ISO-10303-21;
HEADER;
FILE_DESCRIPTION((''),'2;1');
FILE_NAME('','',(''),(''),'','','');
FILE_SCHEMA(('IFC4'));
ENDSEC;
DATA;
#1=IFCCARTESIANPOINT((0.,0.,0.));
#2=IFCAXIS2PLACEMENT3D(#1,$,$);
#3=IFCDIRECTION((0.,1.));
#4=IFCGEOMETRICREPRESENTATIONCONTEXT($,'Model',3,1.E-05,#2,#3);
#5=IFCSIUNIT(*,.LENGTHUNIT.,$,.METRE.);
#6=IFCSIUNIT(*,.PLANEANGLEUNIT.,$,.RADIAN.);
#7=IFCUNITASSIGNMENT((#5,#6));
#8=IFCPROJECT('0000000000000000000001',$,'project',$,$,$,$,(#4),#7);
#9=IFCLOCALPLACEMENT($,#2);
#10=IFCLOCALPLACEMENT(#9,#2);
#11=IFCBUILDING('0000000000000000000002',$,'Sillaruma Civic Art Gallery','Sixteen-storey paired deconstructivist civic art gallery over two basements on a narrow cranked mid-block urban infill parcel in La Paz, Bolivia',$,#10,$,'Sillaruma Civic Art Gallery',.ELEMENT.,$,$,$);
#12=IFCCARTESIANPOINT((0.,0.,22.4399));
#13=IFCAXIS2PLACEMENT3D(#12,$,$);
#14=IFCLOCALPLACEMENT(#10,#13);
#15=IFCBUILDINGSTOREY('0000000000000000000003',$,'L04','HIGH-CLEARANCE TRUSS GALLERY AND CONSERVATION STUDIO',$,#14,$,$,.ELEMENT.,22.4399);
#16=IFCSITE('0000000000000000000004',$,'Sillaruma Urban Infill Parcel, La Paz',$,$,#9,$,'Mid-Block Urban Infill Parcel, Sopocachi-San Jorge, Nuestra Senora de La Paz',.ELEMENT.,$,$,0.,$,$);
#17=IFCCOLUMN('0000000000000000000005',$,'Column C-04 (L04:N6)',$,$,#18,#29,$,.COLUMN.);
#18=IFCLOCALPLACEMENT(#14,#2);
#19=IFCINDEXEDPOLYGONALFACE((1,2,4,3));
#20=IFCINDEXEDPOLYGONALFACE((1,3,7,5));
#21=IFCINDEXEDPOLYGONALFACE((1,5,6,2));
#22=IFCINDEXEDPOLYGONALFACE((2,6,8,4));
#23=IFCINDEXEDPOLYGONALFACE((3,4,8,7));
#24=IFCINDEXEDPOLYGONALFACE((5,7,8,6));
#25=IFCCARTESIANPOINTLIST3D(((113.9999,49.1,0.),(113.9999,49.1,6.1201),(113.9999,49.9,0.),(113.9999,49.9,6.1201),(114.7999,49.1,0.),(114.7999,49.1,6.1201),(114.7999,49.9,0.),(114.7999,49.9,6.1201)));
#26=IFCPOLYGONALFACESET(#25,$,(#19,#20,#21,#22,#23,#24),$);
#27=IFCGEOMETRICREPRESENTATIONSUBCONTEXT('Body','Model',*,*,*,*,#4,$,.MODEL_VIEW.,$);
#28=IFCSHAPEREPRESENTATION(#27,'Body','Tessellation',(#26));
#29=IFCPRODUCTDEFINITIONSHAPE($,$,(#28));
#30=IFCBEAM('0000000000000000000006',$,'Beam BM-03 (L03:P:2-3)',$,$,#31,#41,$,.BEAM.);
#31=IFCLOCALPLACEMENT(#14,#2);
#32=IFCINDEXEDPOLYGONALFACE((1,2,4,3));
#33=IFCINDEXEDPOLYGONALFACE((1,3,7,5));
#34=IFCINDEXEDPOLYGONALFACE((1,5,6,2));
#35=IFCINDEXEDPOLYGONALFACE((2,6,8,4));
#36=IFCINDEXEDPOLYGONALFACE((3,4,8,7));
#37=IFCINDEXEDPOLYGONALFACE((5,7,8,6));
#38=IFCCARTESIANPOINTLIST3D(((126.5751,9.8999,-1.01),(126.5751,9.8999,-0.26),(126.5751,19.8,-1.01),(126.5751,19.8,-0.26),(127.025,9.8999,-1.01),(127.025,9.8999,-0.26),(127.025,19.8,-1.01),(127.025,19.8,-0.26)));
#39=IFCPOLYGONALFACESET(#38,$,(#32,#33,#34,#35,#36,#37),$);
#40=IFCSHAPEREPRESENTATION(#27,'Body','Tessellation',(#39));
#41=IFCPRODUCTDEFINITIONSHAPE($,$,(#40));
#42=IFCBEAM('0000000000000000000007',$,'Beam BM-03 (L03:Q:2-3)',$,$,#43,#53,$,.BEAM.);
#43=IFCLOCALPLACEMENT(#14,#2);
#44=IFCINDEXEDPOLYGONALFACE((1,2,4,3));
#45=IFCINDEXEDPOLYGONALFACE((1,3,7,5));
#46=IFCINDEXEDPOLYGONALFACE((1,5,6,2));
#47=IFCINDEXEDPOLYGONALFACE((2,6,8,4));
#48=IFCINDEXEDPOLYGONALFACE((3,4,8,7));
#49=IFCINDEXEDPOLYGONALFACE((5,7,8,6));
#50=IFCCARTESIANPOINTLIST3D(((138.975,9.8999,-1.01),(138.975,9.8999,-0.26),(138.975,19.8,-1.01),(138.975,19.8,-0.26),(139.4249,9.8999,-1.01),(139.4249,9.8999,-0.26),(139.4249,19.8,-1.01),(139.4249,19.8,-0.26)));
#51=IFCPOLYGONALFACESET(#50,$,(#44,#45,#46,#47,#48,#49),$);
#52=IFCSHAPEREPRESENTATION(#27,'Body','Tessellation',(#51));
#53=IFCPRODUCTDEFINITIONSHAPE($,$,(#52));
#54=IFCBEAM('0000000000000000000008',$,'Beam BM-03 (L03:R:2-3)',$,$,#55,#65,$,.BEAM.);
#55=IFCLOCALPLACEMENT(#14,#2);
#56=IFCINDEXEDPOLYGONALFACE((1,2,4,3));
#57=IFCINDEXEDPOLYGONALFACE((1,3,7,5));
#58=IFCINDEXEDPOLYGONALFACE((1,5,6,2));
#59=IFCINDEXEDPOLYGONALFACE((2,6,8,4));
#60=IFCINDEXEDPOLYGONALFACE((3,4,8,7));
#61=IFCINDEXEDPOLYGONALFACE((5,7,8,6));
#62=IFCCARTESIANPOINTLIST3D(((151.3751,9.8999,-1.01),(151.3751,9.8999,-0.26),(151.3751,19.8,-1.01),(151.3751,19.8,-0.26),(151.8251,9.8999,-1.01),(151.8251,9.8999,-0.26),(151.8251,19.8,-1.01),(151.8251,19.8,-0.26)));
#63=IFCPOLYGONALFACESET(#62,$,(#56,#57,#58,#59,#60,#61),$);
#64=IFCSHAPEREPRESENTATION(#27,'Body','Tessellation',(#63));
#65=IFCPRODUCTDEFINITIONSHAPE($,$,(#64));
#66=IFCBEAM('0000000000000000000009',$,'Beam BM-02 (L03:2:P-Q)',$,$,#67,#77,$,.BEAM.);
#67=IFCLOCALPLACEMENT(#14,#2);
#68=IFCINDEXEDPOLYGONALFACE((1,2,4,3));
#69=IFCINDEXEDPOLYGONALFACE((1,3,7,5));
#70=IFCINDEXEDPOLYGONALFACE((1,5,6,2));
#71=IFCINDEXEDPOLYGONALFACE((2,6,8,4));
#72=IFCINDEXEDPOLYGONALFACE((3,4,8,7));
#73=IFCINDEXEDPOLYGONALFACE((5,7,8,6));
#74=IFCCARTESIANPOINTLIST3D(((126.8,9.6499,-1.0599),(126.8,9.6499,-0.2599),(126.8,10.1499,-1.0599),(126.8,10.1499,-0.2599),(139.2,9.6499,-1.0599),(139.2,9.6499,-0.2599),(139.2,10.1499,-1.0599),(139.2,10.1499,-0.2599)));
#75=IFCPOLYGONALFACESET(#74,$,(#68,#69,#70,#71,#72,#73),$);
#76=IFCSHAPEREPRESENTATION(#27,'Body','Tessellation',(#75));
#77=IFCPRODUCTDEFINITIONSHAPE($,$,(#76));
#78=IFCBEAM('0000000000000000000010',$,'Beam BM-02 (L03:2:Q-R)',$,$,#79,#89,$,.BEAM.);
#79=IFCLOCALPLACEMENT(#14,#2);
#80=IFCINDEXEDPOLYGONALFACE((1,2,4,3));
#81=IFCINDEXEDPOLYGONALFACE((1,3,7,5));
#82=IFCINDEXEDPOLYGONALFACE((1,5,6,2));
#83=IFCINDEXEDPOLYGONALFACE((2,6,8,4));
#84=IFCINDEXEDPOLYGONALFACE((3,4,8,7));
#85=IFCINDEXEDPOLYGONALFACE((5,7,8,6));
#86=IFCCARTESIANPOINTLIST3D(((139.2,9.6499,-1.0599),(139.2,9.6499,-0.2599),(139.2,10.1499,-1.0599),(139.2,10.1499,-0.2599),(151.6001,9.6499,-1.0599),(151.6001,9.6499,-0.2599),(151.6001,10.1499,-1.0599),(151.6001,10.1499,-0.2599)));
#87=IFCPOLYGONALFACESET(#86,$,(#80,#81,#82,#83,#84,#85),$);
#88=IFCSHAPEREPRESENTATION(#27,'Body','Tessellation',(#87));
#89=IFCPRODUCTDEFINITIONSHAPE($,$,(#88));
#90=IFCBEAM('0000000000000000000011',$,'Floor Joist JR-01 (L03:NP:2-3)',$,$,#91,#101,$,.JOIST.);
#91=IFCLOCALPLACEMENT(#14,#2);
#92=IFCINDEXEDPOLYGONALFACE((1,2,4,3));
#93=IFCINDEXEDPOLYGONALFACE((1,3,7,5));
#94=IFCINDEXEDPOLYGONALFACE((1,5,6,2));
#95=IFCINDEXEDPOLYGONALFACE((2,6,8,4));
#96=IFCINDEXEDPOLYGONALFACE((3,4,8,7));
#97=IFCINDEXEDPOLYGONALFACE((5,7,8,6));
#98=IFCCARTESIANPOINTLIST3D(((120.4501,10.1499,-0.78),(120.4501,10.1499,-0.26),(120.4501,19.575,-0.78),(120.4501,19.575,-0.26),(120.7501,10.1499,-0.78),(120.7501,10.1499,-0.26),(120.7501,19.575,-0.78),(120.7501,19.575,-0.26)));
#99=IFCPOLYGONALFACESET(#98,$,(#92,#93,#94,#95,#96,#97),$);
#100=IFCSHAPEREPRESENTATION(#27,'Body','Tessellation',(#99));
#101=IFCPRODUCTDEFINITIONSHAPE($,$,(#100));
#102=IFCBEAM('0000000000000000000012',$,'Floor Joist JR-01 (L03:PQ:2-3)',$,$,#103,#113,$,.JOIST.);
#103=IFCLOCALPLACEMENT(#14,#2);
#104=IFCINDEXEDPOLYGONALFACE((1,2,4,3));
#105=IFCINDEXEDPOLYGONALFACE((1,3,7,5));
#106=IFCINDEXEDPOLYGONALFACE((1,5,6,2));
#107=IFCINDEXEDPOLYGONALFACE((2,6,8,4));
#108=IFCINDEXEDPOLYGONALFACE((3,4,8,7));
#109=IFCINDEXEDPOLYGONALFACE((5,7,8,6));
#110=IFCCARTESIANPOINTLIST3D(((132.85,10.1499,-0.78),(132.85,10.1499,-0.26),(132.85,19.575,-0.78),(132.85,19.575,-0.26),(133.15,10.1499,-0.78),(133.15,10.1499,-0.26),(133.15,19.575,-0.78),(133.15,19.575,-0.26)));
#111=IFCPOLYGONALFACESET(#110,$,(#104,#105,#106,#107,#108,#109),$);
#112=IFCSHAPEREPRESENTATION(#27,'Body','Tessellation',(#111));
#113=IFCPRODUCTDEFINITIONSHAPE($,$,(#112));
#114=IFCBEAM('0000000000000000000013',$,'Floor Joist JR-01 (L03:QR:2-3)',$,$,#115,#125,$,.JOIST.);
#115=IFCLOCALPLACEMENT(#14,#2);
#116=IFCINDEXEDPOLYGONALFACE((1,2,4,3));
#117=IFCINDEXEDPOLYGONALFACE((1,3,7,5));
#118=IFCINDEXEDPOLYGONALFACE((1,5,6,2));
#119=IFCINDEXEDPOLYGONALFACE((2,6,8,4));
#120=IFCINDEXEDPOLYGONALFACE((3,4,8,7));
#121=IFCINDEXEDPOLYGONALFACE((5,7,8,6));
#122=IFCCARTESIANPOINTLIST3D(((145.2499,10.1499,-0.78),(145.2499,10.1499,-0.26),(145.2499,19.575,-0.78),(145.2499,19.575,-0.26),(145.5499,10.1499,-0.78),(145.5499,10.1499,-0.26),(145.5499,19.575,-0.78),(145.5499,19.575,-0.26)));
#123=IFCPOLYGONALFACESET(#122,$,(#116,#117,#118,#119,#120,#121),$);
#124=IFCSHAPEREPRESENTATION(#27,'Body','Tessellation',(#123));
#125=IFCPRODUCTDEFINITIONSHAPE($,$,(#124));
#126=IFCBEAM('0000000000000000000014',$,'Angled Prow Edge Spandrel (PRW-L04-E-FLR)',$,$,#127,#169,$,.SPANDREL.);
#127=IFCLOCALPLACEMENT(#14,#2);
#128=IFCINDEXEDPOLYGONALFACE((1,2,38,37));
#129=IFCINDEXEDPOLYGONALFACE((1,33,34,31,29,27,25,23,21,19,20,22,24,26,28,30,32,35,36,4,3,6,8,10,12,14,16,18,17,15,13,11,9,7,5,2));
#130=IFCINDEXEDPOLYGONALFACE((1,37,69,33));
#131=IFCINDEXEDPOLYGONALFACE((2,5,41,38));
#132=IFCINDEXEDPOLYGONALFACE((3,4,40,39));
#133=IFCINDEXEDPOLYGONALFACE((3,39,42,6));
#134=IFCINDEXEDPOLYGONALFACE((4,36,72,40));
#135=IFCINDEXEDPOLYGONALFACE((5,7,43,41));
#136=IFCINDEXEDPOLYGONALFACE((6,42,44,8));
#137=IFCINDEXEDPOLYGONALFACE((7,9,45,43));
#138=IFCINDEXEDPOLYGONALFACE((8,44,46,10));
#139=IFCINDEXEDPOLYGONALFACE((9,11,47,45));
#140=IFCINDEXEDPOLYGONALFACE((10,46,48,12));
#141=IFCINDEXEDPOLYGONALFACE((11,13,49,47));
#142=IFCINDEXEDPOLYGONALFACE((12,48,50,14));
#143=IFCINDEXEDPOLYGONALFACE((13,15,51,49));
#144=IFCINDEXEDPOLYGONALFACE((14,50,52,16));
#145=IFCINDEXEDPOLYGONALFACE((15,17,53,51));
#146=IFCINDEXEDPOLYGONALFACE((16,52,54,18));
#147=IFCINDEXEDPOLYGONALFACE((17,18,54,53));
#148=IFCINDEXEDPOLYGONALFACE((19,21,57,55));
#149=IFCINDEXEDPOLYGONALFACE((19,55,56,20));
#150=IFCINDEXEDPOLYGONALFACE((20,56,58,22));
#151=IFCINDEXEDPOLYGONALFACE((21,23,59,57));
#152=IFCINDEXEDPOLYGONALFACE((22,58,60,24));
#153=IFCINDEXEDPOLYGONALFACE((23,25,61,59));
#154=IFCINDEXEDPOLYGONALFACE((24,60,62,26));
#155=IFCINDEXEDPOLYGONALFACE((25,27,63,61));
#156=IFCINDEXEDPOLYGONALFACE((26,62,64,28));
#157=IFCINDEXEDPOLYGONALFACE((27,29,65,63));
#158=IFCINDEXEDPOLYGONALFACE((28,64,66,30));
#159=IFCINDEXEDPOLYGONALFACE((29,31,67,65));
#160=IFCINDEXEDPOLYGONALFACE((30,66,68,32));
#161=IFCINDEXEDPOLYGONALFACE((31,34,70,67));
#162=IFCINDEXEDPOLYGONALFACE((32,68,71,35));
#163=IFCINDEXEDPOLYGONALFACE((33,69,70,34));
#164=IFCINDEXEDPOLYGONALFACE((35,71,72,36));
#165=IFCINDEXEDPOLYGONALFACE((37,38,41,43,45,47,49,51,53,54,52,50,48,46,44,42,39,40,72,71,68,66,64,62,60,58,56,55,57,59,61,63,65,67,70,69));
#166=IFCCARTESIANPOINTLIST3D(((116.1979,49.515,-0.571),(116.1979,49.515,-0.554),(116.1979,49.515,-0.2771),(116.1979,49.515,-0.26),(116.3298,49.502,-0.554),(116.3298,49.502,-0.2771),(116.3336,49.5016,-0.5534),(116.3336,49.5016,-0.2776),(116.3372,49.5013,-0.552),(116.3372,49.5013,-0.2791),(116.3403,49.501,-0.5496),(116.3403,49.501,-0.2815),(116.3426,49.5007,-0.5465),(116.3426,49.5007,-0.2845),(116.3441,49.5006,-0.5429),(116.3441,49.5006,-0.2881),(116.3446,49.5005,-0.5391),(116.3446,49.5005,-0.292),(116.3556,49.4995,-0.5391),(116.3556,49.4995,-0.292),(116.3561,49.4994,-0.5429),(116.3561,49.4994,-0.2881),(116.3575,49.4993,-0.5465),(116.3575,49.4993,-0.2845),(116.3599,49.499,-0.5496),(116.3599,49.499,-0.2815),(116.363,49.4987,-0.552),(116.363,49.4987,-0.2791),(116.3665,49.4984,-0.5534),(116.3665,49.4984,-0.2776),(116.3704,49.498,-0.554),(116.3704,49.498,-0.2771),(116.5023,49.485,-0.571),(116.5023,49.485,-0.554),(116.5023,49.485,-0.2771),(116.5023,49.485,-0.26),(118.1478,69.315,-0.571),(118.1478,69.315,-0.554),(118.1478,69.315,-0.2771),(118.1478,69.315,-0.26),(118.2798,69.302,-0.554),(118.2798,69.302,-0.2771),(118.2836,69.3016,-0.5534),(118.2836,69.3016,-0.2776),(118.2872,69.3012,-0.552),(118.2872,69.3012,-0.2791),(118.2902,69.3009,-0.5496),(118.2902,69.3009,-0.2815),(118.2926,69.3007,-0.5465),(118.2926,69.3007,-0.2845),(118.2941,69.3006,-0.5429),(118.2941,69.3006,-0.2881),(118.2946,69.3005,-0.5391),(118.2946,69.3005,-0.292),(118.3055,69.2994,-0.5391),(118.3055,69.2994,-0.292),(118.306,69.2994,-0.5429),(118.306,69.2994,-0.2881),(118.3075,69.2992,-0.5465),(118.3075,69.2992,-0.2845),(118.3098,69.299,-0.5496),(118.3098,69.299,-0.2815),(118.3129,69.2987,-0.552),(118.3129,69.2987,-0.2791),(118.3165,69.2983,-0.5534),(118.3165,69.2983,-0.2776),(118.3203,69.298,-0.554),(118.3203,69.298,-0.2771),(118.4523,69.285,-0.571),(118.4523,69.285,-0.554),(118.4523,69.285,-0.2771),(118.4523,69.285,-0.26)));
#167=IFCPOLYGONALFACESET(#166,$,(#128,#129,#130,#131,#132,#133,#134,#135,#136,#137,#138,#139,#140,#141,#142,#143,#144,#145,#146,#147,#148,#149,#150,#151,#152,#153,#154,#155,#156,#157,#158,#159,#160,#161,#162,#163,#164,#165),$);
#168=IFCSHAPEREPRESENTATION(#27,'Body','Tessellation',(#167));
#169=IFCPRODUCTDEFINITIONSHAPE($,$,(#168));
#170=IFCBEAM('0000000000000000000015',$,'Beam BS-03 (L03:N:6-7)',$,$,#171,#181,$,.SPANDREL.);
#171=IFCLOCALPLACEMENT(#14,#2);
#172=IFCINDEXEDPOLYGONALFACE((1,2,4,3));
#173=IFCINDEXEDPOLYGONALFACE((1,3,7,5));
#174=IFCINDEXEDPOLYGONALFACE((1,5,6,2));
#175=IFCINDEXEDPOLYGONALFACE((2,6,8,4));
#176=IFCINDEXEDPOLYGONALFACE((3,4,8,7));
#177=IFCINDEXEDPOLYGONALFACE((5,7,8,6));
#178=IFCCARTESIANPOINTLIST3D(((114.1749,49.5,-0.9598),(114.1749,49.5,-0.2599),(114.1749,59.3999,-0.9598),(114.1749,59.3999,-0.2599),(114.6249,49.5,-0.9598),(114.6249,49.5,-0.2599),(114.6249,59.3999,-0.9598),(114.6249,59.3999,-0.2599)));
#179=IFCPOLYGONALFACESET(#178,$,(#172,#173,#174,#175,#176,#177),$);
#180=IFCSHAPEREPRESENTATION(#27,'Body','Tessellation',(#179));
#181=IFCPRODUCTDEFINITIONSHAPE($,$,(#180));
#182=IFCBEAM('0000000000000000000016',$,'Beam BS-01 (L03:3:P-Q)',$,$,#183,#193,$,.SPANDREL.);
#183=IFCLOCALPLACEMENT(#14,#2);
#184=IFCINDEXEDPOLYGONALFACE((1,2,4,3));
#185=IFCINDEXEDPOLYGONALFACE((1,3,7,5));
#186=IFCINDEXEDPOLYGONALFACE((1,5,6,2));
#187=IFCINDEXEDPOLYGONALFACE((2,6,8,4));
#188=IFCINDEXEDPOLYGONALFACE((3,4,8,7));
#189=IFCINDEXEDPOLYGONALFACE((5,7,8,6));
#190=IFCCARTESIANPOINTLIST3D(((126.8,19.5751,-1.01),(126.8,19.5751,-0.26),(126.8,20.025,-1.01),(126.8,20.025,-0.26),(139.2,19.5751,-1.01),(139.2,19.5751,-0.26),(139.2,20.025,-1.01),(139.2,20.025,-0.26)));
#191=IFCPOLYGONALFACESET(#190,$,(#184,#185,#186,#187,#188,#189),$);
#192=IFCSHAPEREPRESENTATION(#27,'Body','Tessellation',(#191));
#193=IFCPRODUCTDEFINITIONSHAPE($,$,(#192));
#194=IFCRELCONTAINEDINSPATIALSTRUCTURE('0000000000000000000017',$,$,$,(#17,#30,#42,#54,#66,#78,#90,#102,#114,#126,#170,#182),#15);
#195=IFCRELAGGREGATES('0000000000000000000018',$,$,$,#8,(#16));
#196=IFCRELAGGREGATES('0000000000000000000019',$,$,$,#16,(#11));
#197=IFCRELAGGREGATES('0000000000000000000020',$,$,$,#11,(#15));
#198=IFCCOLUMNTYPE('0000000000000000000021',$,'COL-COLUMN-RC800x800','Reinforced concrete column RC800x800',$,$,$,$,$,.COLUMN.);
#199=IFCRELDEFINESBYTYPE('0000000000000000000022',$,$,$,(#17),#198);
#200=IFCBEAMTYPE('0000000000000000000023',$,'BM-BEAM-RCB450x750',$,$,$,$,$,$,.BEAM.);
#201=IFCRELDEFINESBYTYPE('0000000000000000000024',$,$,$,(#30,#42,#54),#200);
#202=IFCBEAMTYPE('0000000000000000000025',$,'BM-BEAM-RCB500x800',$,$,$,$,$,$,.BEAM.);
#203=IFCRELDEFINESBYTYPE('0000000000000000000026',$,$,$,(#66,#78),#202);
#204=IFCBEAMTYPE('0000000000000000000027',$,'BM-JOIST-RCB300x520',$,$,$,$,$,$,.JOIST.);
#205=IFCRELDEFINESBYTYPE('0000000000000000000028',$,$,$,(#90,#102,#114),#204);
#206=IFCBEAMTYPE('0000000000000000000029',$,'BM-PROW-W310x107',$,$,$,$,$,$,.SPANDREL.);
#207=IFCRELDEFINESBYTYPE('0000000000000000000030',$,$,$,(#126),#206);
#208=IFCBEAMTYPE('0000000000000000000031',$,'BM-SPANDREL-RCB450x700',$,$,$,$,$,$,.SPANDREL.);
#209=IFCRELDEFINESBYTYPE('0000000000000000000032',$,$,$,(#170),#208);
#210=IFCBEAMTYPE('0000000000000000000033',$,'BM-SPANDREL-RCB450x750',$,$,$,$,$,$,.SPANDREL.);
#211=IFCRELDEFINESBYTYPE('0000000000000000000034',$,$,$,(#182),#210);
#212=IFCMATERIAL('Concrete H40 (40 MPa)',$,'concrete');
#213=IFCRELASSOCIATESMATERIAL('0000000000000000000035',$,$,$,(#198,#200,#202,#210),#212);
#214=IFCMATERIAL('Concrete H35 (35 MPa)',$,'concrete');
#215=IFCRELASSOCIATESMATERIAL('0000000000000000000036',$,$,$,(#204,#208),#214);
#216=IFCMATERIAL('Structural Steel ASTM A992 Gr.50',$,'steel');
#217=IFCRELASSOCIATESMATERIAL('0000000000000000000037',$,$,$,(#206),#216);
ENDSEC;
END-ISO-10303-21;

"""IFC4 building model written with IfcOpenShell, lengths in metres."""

from ifc_helpers import new_model, si_unit, direction, frame, origin, origin_2d, place, context, subcontext, project, spatial, rectangle, i_section, extrude, material, material_profile, profile_set, type_object, element, save


model = new_model("IFC4")

# Units and contexts
model_context = context("Model", 3, precision=1e-05, world=origin(), true_north=direction((0.0, 1.0)))
body_context = subcontext(model_context, "Body", "Model", "MODEL_VIEW")
ifc_project = project(units=[si_unit("LENGTHUNIT", "METRE"), si_unit("PLANEANGLEUNIT", "RADIAN")], contexts=[model_context])

# Site, building, storey
site_placement = place(None, origin())
site = spatial("IfcSite", under=ifc_project, at=site_placement, Name="Sillaruma Urban Infill Parcel, La Paz", LongName="Mid-Block Urban Infill Parcel, Sopocachi-San Jorge, Nuestra Senora de La Paz", CompositionType="ELEMENT", RefElevation=0.0)
building_placement = place(site_placement, origin())
building = spatial("IfcBuilding", under=site, at=building_placement, Name="Sillaruma Civic Art Gallery", Description="Sixteen-storey paired deconstructivist civic art gallery over two basements on a narrow cranked mid-block urban infill parcel in La Paz, Bolivia", LongName="Sillaruma Civic Art Gallery", CompositionType="ELEMENT")
storey_placement = place(building_placement, frame((0.0, 0.0, 22.4399)))
storey = spatial("IfcBuildingStorey", under=building, at=storey_placement, Name="L04", Description="HIGH-CLEARANCE TRUSS GALLERY AND CONSERVATION STUDIO", CompositionType="ELEMENT", Elevation=22.4399)

# Column
ifc_material_1 = material(Name="Concrete H40 (40 MPa)", Category="concrete")
ifc_material_profile_1 = material_profile(ifc_material_1, rectangle(XDim=0.8, YDim=0.8, at=origin_2d()), Name="RC800x800")
ifc_profile_set_1 = profile_set([ifc_material_profile_1], Name="Concrete H40 (40 MPa)")
column_type = type_object("IfcColumnType", Name="COL-COLUMN-RC800x800", Description="Reinforced concrete column RC800x800", PredefinedType="COLUMN", material=ifc_profile_set_1)
column_placement = place(storey_placement, frame((114.3999, 49.5, 0.0), z_axis=(0.0, 0.0, 1.0), x_axis=(1.0, 0.0, 0.0)))
element("IfcColumn", 1, at=column_placement, inside=storey, type_object=column_type, Name="Column C-04 (L04:N6)", PredefinedType="COLUMN", context=body_context, shape_type="SweptSolid", body=[
    extrude(rectangle(XDim=0.8, YDim=0.8, at=origin_2d()), origin(), (0.0, 0.0, 1.0), 6.1201),
])

# Beams
ifc_material_profile_2 = material_profile(ifc_material_1, rectangle(XDim=0.45, YDim=0.75, at=origin_2d()), Name="RCB450x750")
ifc_profile_set_2 = profile_set([ifc_material_profile_2], Name="Concrete H40 (40 MPa)")
beam_type_1 = type_object("IfcBeamType", Name="BM-BEAM-RCB450x750", PredefinedType="BEAM", material=ifc_profile_set_2)
for number, where, z_axis, x_axis, name in (
    (2, (126.8, 9.8999, -0.635), (0.0, 1.0, 0.0), (-1.0, 0.0, 0.0), "Beam BM-03 (L03:P:2-3)"),
    (3, (139.2, 9.8999, -0.635), (0.0, 1.0, 0.0), (-1.0, 0.0, 0.0), "Beam BM-03 (L03:Q:2-3)"),
    (4, (151.6001, 9.8999, -0.635), (0.0, 1.0, 0.0), (-1.0, 0.0, 0.0), "Beam BM-03 (L03:R:2-3)"),
):
    element("IfcBeam", number, at=place(storey_placement, frame(where, z_axis=z_axis, x_axis=x_axis)), inside=storey, type_object=beam_type_1, Name=name, PredefinedType="BEAM", context=body_context, shape_type="SweptSolid", body=[
        extrude(rectangle(XDim=0.45, YDim=0.75, at=origin_2d()), origin(), (0.0, 0.0, 1.0), 9.9001),
    ])
ifc_material_profile_3 = material_profile(ifc_material_1, rectangle(XDim=0.5, YDim=0.8, at=origin_2d()), Name="RCB500x800")
ifc_profile_set_3 = profile_set([ifc_material_profile_3], Name="Concrete H40 (40 MPa)")
beam_type_2 = type_object("IfcBeamType", Name="BM-BEAM-RCB500x800", PredefinedType="BEAM", material=ifc_profile_set_3)
beam_1_placement = place(storey_placement, frame((126.8, 9.8999, -0.6599), z_axis=(1.0, 0.0, 0.0), x_axis=(0.0, 1.0, 0.0)))
element("IfcBeam", 5, at=beam_1_placement, inside=storey, type_object=beam_type_2, Name="Beam BM-02 (L03:2:P-Q)", PredefinedType="BEAM", context=body_context, shape_type="SweptSolid", body=[
    extrude(rectangle(XDim=0.5, YDim=0.8, at=origin_2d()), origin(), (0.0, 0.0, 1.0), 12.3999),
])
beam_2_placement = place(storey_placement, frame((139.2, 9.8999, -0.6599), z_axis=(1.0, 0.0, 0.0), x_axis=(0.0, 1.0, 0.0)))
element("IfcBeam", 6, at=beam_2_placement, inside=storey, type_object=beam_type_2, Name="Beam BM-02 (L03:2:Q-R)", PredefinedType="BEAM", context=body_context, shape_type="SweptSolid", body=[
    extrude(rectangle(XDim=0.5, YDim=0.8, at=origin_2d()), origin(), (0.0, 0.0, 1.0), 12.4001),
])
ifc_material_2 = material(Name="Concrete H35 (35 MPa)", Category="concrete")
ifc_material_profile_4 = material_profile(ifc_material_2, rectangle(XDim=0.3, YDim=0.52, at=origin_2d()), Name="RCB300x520")
ifc_profile_set_4 = profile_set([ifc_material_profile_4], Name="Concrete H35 (35 MPa)")
beam_type_3 = type_object("IfcBeamType", Name="BM-JOIST-RCB300x520", PredefinedType="JOIST", material=ifc_profile_set_4)
for number, where, z_axis, x_axis, name in (
    (7, (120.6001, 10.1499, -0.52), (0.0, 1.0, 0.0), (-1.0, 0.0, 0.0), "Floor Joist JR-01 (L03:NP:2-3)"),
    (8, (133.0, 10.1499, -0.52), (0.0, 1.0, 0.0), (-1.0, 0.0, 0.0), "Floor Joist JR-01 (L03:PQ:2-3)"),
    (9, (145.3999, 10.1499, -0.52), (0.0, 1.0, 0.0), (-1.0, 0.0, 0.0), "Floor Joist JR-01 (L03:QR:2-3)"),
):
    element("IfcBeam", number, at=place(storey_placement, frame(where, z_axis=z_axis, x_axis=x_axis)), inside=storey, type_object=beam_type_3, Name=name, PredefinedType="JOIST", context=body_context, shape_type="SweptSolid", body=[
        extrude(rectangle(XDim=0.3, YDim=0.52, at=origin_2d()), origin(), (0.0, 0.0, 1.0), 9.425),
    ])
ifc_material_3 = material(Name="Structural Steel ASTM A992 Gr.50", Category="steel")
ifc_material_profile_5 = material_profile(ifc_material_3, i_section(OverallWidth=0.3059, OverallDepth=0.311, WebThickness=0.011, FlangeThickness=0.0171, FilletRadius=0.0149, at=origin_2d()), Name="W310x107")
ifc_profile_set_5 = profile_set([ifc_material_profile_5], Name="Structural Steel ASTM A992 Gr.50")
beam_type_4 = type_object("IfcBeamType", Name="BM-PROW-W310x107", PredefinedType="SPANDREL", material=ifc_profile_set_5)
beam_3_placement = place(storey_placement, frame((116.3501, 49.5, -0.4155), z_axis=(0.098008, 0.995186, 0.0), x_axis=(-0.995186, 0.098008, 0.0)))
element("IfcBeam", 10, at=beam_3_placement, inside=storey, type_object=beam_type_4, Name="Angled Prow Edge Spandrel (PRW-L04-E-FLR)", PredefinedType="SPANDREL", context=body_context, shape_type="SweptSolid", body=[
    extrude(i_section(OverallWidth=0.3059, OverallDepth=0.311, WebThickness=0.011, FlangeThickness=0.0171, FilletRadius=0.0149, at=origin_2d()), origin(), (0.0, 0.0, 1.0), 19.8958),
])
ifc_material_profile_6 = material_profile(ifc_material_2, rectangle(XDim=0.45, YDim=0.7, at=origin_2d()), Name="RCB450x700")
ifc_profile_set_6 = profile_set([ifc_material_profile_6], Name="Concrete H35 (35 MPa)")
beam_type_5 = type_object("IfcBeamType", Name="BM-SPANDREL-RCB450x700", PredefinedType="SPANDREL", material=ifc_profile_set_6)
beam_4_placement = place(storey_placement, frame((114.3999, 49.5, -0.6099), z_axis=(0.0, 1.0, 0.0), x_axis=(-1.0, 0.0, 0.0)))
element("IfcBeam", 11, at=beam_4_placement, inside=storey, type_object=beam_type_5, Name="Beam BS-03 (L03:N:6-7)", PredefinedType="SPANDREL", context=body_context, shape_type="SweptSolid", body=[
    extrude(rectangle(XDim=0.45, YDim=0.7, at=origin_2d()), origin(), (0.0, 0.0, 1.0), 9.8999),
])
ifc_material_profile_7 = material_profile(ifc_material_1, rectangle(XDim=0.45, YDim=0.75, at=origin_2d()), Name="RCB450x750")
ifc_profile_set_7 = profile_set([ifc_material_profile_7], Name="Concrete H40 (40 MPa)")
beam_type_6 = type_object("IfcBeamType", Name="BM-SPANDREL-RCB450x750", PredefinedType="SPANDREL", material=ifc_profile_set_7)
beam_5_placement = place(storey_placement, frame((126.8, 19.8, -0.635), z_axis=(1.0, 0.0, 0.0), x_axis=(0.0, 1.0, 0.0)))
element("IfcBeam", 12, at=beam_5_placement, inside=storey, type_object=beam_type_6, Name="Beam BS-01 (L03:3:P-Q)", PredefinedType="SPANDREL", context=body_context, shape_type="SweptSolid", body=[
    extrude(rectangle(XDim=0.45, YDim=0.75, at=origin_2d()), origin(), (0.0, 0.0, 1.0), 12.3999),
])

save(model, "model.ifc")
